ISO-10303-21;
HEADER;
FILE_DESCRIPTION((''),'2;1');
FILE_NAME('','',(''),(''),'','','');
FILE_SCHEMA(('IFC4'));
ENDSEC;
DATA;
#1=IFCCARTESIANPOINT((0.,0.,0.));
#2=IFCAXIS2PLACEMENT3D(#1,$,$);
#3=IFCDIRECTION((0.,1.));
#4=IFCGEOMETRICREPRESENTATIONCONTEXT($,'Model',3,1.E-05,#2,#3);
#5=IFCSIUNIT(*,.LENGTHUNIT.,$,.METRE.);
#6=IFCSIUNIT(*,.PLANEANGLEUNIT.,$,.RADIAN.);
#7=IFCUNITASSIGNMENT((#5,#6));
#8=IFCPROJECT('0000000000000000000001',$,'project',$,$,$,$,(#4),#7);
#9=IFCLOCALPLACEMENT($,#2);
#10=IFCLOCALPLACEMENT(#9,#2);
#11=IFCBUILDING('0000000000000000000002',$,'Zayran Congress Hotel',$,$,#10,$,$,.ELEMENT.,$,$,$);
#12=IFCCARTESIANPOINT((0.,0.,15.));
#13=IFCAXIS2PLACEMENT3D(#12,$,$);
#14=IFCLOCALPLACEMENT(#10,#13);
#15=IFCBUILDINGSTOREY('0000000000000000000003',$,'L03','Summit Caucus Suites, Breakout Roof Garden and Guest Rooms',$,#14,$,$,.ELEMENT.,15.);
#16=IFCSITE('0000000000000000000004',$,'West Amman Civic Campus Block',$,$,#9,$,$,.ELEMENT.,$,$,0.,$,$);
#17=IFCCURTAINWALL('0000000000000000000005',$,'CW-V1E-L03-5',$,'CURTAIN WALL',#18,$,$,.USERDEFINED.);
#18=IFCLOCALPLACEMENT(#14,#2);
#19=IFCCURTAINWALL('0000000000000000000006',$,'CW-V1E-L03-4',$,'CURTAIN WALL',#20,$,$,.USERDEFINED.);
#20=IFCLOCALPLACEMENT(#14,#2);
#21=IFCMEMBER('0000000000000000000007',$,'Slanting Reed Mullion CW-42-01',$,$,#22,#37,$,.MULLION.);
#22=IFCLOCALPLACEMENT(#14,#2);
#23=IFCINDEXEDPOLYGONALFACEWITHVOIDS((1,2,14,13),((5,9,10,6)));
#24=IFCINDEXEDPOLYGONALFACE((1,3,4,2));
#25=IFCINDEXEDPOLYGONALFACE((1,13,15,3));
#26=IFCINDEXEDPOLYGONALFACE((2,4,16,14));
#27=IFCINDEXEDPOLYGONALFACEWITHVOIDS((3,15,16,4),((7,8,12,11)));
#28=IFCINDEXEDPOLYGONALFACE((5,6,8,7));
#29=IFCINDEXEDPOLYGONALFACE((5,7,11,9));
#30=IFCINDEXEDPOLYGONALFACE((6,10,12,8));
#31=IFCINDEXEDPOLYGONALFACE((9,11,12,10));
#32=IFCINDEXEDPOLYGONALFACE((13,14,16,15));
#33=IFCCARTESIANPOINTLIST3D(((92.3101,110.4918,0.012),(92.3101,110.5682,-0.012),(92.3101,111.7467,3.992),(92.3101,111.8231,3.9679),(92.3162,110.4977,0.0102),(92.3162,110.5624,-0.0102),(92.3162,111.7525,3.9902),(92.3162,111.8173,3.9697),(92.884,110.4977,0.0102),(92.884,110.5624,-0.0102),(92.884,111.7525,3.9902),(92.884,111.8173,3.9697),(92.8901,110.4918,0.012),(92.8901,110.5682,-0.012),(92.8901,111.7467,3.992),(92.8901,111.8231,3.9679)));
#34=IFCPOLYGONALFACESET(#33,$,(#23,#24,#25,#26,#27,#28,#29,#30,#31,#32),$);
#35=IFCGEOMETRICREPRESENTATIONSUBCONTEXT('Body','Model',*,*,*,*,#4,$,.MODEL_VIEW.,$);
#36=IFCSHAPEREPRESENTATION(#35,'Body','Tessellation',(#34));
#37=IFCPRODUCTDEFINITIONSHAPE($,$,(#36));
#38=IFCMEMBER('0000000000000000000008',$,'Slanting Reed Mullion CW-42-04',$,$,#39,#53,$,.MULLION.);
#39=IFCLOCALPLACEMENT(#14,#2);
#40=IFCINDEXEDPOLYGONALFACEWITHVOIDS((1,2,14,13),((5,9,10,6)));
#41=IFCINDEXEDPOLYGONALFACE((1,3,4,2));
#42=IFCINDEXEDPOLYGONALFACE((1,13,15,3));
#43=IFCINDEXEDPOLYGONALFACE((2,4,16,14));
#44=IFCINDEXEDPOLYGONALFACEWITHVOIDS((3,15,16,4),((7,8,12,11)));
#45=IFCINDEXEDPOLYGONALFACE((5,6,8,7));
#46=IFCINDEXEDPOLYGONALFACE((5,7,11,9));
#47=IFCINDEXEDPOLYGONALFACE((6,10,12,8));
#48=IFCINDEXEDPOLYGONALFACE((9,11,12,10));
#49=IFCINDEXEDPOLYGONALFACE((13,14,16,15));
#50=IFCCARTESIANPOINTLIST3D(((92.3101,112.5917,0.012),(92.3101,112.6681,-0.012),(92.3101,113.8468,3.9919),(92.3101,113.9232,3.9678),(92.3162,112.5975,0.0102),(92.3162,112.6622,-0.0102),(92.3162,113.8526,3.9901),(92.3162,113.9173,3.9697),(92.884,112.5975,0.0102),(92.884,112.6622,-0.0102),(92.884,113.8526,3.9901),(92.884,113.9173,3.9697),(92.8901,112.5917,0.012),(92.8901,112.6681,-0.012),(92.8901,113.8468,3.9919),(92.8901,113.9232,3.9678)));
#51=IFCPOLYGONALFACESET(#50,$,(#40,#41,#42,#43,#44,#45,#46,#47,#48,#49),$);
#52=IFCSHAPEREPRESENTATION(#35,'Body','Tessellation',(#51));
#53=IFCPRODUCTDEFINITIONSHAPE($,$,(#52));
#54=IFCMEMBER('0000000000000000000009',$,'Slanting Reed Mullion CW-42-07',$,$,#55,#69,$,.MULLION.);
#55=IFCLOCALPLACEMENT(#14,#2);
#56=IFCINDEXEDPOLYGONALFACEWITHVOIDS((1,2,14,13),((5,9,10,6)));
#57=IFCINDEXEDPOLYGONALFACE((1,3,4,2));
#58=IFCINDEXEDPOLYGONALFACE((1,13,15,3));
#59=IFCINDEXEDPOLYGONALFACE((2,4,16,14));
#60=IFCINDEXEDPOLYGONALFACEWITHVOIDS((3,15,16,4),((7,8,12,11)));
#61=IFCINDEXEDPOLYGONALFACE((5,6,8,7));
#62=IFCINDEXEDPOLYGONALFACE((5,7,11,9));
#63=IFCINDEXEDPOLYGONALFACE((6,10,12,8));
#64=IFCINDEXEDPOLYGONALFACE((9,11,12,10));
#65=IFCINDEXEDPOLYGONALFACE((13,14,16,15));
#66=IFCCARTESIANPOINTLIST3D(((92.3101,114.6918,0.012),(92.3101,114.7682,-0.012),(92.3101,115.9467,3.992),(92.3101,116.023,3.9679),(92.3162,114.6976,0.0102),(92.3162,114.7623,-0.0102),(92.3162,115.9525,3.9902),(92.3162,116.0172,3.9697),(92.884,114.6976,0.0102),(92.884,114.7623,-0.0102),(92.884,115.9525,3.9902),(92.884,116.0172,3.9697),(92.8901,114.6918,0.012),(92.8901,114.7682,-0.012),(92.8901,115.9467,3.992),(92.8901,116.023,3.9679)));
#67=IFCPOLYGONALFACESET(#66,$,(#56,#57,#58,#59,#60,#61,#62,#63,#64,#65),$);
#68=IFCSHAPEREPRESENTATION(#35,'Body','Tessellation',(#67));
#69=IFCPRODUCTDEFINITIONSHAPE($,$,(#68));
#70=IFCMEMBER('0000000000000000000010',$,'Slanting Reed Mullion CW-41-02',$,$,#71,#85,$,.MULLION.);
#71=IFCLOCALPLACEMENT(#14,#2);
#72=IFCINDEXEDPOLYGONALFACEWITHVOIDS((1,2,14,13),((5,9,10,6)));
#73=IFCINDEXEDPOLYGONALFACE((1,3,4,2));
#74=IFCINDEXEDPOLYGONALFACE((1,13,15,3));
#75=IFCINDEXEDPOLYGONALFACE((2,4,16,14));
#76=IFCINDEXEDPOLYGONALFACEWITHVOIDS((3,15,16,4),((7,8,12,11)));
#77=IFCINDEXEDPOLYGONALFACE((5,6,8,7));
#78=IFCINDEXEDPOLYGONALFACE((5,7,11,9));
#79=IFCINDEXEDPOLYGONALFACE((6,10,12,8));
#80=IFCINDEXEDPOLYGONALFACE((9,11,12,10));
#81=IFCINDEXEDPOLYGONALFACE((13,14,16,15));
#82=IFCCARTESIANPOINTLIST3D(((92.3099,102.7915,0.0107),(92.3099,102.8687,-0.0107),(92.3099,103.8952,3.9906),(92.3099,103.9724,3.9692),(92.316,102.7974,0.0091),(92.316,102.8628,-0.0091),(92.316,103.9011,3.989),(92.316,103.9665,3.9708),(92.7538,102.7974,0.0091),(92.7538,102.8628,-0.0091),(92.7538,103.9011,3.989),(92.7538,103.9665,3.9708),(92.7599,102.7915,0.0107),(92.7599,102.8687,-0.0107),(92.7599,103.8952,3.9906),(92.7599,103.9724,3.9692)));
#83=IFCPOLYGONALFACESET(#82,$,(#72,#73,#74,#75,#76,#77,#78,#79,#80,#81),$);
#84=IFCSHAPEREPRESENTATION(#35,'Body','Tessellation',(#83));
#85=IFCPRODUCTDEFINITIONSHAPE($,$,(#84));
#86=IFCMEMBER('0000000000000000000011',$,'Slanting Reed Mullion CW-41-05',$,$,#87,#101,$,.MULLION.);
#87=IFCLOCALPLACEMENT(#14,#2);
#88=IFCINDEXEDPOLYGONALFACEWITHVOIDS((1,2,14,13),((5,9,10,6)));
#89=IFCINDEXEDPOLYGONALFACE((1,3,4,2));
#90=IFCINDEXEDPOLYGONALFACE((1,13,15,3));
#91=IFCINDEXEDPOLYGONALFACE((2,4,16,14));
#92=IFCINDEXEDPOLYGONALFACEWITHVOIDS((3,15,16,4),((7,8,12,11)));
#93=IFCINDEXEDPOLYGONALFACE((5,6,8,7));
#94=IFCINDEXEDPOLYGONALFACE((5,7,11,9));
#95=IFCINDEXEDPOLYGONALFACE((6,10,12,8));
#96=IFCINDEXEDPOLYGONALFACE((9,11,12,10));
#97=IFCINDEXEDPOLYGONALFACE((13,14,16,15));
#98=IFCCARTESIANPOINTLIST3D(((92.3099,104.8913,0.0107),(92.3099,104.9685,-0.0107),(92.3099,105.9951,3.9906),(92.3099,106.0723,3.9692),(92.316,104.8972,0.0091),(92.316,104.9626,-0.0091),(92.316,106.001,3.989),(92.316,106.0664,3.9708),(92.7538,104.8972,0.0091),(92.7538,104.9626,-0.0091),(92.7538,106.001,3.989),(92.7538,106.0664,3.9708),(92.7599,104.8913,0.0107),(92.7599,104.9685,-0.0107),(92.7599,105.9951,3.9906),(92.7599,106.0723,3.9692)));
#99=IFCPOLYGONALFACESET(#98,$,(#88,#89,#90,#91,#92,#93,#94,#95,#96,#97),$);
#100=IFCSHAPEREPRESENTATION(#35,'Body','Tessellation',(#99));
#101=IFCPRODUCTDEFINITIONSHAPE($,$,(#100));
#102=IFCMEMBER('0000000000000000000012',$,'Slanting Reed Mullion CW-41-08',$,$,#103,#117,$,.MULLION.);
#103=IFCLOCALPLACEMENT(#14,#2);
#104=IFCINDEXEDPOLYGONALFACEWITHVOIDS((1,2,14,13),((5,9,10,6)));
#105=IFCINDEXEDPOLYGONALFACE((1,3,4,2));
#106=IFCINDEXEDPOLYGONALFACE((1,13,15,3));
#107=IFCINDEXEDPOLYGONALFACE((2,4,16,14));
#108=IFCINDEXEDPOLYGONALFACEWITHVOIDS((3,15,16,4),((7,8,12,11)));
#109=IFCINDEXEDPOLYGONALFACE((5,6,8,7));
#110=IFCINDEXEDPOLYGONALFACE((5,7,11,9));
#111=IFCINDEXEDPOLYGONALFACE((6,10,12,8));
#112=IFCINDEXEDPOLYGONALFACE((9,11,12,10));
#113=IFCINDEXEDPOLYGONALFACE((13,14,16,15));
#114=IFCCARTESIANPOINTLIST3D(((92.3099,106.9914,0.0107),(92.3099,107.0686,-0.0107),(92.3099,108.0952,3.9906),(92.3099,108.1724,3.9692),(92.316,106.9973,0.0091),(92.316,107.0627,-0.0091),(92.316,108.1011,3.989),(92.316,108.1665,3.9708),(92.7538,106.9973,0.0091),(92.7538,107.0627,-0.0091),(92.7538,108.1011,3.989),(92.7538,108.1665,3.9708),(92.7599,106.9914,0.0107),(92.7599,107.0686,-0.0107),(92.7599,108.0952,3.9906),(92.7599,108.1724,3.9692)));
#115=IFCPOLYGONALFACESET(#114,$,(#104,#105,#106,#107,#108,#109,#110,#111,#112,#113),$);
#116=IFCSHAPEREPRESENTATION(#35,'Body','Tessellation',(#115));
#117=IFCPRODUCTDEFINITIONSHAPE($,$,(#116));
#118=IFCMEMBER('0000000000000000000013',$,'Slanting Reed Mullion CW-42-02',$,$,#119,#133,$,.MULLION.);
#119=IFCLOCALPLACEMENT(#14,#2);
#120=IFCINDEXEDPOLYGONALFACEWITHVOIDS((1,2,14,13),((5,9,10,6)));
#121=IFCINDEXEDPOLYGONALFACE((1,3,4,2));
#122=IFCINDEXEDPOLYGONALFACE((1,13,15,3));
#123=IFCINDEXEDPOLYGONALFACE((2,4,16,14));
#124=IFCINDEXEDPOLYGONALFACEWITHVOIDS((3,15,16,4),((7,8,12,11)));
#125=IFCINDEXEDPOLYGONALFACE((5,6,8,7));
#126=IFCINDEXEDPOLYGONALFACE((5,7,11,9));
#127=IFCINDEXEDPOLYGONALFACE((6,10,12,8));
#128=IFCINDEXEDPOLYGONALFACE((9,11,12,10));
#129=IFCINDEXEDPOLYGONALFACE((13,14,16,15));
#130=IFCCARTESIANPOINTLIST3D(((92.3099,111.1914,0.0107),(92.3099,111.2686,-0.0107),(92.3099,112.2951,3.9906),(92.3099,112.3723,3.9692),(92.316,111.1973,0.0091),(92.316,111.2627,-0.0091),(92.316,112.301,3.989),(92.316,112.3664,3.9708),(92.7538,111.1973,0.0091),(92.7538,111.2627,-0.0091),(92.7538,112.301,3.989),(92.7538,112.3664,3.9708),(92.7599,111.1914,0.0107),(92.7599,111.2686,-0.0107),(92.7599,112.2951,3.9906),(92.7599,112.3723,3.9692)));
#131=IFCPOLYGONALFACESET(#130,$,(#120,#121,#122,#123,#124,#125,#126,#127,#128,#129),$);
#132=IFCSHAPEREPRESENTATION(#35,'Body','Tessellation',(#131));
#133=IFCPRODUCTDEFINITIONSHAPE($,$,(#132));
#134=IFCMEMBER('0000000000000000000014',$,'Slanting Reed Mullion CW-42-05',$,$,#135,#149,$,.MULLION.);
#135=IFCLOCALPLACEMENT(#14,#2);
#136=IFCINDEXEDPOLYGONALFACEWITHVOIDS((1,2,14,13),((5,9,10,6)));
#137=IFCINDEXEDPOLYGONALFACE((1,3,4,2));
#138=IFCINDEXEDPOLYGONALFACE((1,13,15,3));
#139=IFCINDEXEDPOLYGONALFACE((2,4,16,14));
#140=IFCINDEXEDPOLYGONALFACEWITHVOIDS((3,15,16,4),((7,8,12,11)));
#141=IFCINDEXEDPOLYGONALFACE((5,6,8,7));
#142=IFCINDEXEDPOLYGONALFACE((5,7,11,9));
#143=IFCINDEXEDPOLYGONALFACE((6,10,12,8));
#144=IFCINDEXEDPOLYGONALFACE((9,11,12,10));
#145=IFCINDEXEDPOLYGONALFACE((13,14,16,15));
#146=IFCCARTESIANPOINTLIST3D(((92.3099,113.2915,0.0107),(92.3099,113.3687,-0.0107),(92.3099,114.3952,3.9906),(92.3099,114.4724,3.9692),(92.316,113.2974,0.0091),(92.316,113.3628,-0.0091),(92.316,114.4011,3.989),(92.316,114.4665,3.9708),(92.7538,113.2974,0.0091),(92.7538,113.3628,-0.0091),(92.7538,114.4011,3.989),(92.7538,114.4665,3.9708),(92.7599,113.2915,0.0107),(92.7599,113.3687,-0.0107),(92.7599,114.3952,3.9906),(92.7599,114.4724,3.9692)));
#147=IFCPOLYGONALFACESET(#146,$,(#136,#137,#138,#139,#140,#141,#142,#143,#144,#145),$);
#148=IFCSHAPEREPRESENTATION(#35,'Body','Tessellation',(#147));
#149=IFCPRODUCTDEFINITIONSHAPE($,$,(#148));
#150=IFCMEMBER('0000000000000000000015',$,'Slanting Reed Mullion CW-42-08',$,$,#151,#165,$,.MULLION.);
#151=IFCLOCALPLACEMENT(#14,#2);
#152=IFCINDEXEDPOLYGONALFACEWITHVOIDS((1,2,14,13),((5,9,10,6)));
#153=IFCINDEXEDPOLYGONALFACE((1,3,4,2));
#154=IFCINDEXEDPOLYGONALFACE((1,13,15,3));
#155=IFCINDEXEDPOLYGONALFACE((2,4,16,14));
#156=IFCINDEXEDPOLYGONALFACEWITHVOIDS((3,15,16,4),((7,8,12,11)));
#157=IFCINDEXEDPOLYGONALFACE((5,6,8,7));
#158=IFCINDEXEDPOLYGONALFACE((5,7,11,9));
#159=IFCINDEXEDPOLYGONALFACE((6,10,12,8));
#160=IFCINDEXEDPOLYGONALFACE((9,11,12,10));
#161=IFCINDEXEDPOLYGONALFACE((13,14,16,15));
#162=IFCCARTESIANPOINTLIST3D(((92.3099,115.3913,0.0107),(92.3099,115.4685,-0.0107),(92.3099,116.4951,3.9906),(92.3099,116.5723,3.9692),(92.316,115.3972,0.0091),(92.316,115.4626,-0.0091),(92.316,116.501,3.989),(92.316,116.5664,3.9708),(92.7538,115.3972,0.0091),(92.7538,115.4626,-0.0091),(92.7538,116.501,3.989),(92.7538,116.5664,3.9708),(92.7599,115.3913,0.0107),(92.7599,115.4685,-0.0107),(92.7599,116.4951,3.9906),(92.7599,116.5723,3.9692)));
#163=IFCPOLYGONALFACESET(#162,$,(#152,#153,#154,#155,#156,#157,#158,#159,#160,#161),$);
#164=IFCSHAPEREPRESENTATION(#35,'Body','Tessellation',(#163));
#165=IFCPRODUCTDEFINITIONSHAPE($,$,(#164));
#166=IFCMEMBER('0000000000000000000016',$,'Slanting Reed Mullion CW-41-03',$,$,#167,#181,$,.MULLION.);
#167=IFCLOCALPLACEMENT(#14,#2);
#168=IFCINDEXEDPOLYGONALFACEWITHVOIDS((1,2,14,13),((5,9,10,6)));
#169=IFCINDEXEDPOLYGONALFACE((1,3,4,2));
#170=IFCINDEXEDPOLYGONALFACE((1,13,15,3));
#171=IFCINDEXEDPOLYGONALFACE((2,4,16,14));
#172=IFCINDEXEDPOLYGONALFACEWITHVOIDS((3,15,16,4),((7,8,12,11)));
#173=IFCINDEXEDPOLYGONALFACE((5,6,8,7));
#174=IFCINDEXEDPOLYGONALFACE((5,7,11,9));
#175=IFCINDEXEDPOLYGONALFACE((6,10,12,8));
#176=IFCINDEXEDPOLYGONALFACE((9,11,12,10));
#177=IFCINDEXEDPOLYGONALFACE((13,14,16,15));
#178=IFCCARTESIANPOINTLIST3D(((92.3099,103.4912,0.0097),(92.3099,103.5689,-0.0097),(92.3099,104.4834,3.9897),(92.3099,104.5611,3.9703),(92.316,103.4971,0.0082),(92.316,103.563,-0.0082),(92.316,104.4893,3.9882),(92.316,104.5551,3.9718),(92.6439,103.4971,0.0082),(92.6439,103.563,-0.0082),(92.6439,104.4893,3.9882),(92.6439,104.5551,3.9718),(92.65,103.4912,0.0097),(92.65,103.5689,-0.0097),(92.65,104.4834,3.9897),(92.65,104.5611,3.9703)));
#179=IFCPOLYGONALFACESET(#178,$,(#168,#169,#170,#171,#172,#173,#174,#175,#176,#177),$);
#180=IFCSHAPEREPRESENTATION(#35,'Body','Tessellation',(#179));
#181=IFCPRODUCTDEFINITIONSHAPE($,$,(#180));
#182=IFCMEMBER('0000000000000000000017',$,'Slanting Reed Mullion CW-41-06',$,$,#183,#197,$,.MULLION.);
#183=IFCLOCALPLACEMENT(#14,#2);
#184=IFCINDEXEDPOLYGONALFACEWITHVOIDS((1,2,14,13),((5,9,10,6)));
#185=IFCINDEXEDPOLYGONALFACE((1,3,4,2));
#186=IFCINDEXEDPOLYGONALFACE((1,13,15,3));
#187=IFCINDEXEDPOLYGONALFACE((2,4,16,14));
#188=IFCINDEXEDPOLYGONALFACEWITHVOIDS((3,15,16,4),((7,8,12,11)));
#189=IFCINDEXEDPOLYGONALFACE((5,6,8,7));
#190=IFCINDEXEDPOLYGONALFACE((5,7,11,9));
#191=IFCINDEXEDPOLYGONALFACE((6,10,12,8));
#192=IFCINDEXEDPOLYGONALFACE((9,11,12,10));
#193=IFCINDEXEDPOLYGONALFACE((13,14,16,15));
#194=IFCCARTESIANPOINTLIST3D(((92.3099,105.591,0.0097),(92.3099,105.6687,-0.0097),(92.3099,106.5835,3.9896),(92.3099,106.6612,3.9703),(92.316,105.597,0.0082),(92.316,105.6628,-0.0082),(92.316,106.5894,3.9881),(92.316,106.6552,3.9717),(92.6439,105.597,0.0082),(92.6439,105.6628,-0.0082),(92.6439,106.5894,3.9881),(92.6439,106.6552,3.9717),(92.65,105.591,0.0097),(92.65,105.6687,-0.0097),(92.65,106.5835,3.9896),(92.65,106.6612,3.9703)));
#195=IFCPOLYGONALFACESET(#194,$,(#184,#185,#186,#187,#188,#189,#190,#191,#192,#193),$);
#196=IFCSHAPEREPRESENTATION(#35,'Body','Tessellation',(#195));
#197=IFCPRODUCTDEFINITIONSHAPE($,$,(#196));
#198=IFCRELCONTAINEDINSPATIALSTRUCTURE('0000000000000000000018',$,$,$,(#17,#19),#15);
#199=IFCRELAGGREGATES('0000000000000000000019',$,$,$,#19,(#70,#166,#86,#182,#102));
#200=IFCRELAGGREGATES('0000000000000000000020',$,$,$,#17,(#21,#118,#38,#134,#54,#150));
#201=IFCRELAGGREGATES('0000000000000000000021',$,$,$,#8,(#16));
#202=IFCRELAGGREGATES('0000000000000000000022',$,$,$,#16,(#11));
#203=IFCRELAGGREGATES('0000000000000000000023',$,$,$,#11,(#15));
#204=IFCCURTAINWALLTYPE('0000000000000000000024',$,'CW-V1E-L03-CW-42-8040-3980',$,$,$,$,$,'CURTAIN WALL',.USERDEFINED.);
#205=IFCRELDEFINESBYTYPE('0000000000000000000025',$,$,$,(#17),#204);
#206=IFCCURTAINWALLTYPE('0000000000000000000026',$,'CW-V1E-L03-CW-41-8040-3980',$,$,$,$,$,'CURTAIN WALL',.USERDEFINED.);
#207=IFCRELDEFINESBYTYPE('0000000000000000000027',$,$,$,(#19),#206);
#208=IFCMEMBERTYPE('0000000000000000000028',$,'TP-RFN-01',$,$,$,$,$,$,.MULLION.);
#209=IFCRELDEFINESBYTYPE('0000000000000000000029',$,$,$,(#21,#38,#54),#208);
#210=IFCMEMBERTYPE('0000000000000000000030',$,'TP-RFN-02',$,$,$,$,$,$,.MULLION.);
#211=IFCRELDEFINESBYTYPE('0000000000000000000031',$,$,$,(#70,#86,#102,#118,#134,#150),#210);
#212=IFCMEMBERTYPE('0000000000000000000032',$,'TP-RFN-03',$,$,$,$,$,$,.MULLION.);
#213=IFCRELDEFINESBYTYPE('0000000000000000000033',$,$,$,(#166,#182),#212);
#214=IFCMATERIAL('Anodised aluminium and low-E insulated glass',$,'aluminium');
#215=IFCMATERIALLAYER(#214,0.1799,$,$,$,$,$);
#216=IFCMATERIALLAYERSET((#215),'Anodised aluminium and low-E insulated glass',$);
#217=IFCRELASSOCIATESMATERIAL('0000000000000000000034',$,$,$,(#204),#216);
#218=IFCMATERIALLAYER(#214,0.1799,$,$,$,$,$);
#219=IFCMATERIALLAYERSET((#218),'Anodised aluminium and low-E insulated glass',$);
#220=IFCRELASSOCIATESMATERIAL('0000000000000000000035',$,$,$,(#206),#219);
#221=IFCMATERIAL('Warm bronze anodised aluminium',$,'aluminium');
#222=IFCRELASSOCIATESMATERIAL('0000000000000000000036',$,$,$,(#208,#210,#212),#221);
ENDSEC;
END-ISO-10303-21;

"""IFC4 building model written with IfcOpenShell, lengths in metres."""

from ifc_helpers import new_model, si_unit, direction, frame, origin, origin_2d, place, context, subcontext, project, spatial, hollow_rectangle, extrude, material, layer, layer_set, material_profile, profile_set, type_object, element, aggregate, save


model = new_model("IFC4")

# Units and contexts
model_context = context("Model", 3, precision=1e-05, world=origin(), true_north=direction((0.0, 1.0)))
body_context = subcontext(model_context, "Body", "Model", "MODEL_VIEW")
ifc_project = project(units=[si_unit("LENGTHUNIT", "METRE"), si_unit("PLANEANGLEUNIT", "RADIAN")], contexts=[model_context])

# Site, building, storey
site_placement = place(None, origin())
site = spatial("IfcSite", under=ifc_project, at=site_placement, Name="West Amman Civic Campus Block", CompositionType="ELEMENT", RefElevation=0.0)
building_placement = place(site_placement, origin())
building = spatial("IfcBuilding", under=site, at=building_placement, Name="Zayran Congress Hotel", CompositionType="ELEMENT")
storey_placement = place(building_placement, frame((0.0, 0.0, 15.0)))
storey = spatial("IfcBuildingStorey", under=building, at=storey_placement, Name="L03", Description="Summit Caucus Suites, Breakout Roof Garden and Guest Rooms", CompositionType="ELEMENT", Elevation=15.0)

# Curtain wall
ifc_material_1 = material(Name="Anodised aluminium and low-E insulated glass", Category="aluminium")
ifc_layer_1 = layer(ifc_material_1, 0.1799)
ifc_layer_set_1 = layer_set([ifc_layer_1], Name="Anodised aluminium and low-E insulated glass")
curtain_wall_type_1 = type_object("IfcCurtainWallType", Name="CW-V1E-L03-CW-42-8040-3980", ElementType="CURTAIN WALL", PredefinedType="USERDEFINED", material=ifc_layer_set_1)
curtain_wall_1_placement = place(storey_placement, origin())
curtain_wall_1 = element("IfcCurtainWall", 1, at=curtain_wall_1_placement, inside=storey, type_object=curtain_wall_type_1, Name="CW-V1E-L03-5", ObjectType="CURTAIN WALL", PredefinedType="USERDEFINED")

# Curtain wall
ifc_layer_2 = layer(ifc_material_1, 0.1799)
ifc_layer_set_2 = layer_set([ifc_layer_2], Name="Anodised aluminium and low-E insulated glass")
curtain_wall_type_2 = type_object("IfcCurtainWallType", Name="CW-V1E-L03-CW-41-8040-3980", ElementType="CURTAIN WALL", PredefinedType="USERDEFINED", material=ifc_layer_set_2)
curtain_wall_2_placement = place(storey_placement, origin())
curtain_wall_2 = element("IfcCurtainWall", 2, at=curtain_wall_2_placement, inside=storey, type_object=curtain_wall_type_2, Name="CW-V1E-L03-4", ObjectType="CURTAIN WALL", PredefinedType="USERDEFINED")
ifc_material_2 = material(Name="Warm bronze anodised aluminium", Category="aluminium")
ifc_material_profile_1 = material_profile(ifc_material_2, hollow_rectangle(XDim=0.0801, YDim=0.5801, WallThickness=0.0061, at=origin_2d()), Name="RHS 580x80x6")
ifc_profile_set_1 = profile_set([ifc_material_profile_1], Name="Warm bronze anodised aluminium")
member_type_1 = type_object("IfcMemberType", Name="TP-RFN-01", PredefinedType="MULLION", material=ifc_profile_set_1)

# Members
member_1_placement = place(storey_placement, frame((92.6001, 110.53, 0.0), z_axis=(0.0, 0.300706, 0.953717), x_axis=(0.0, -0.953717, 0.300706)))
member_1 = element("IfcMember", 3, at=member_1_placement, type_object=member_type_1, Name="Slanting Reed Mullion CW-42-01", PredefinedType="MULLION", context=body_context, shape_type="SweptSolid", body=[
    extrude(hollow_rectangle(XDim=0.0801, YDim=0.5801, WallThickness=0.0061, at=origin_2d()), origin(), (0.0, 0.0, 1.0), 4.1731),
])
member_2_placement = place(storey_placement, frame((92.6001, 112.6299, 0.0), z_axis=(0.0, 0.300759, 0.9537), x_axis=(0.0, -0.9537, 0.300759)))
member_2 = element("IfcMember", 4, at=member_2_placement, type_object=member_type_1, Name="Slanting Reed Mullion CW-42-04", PredefinedType="MULLION", context=body_context, shape_type="SweptSolid", body=[
    extrude(hollow_rectangle(XDim=0.0801, YDim=0.5801, WallThickness=0.0061, at=origin_2d()), origin(), (0.0, 0.0, 1.0), 4.1731),
])
member_3_placement = place(storey_placement, frame((92.6001, 114.73, 0.0), z_axis=(0.0, 0.300706, 0.953717), x_axis=(0.0, -0.953717, 0.300706)))
member_3 = element("IfcMember", 5, at=member_3_placement, type_object=member_type_1, Name="Slanting Reed Mullion CW-42-07", PredefinedType="MULLION", context=body_context, shape_type="SweptSolid", body=[
    extrude(hollow_rectangle(XDim=0.0801, YDim=0.5801, WallThickness=0.0061, at=origin_2d()), origin(), (0.0, 0.0, 1.0), 4.1731),
])
ifc_material_profile_2 = material_profile(ifc_material_2, hollow_rectangle(XDim=0.0801, YDim=0.45, WallThickness=0.0061, at=origin_2d()), Name="RHS 450x80x6")
ifc_profile_set_2 = profile_set([ifc_material_profile_2], Name="Warm bronze anodised aluminium")
member_type_2 = type_object("IfcMemberType", Name="TP-RFN-02", PredefinedType="MULLION", material=ifc_profile_set_2)
member_4_placement = place(storey_placement, frame((92.5349, 102.8301, 0.0), z_axis=(0.0, 0.267241, 0.96363), x_axis=(0.0, -0.96363, 0.267241)))
member_4 = element("IfcMember", 6, at=member_4_placement, type_object=member_type_2, Name="Slanting Reed Mullion CW-41-02", PredefinedType="MULLION", context=body_context, shape_type="SweptSolid", body=[
    extrude(hollow_rectangle(XDim=0.0801, YDim=0.45, WallThickness=0.0061, at=origin_2d()), origin(), (0.0, 0.0, 1.0), 4.1301),
])
member_5_placement = place(storey_placement, frame((92.5349, 104.9299, 0.0), z_axis=(0.0, 0.267241, 0.96363), x_axis=(0.0, -0.96363, 0.267241)))
member_5 = element("IfcMember", 7, at=member_5_placement, type_object=member_type_2, Name="Slanting Reed Mullion CW-41-05", PredefinedType="MULLION", context=body_context, shape_type="SweptSolid", body=[
    extrude(hollow_rectangle(XDim=0.0801, YDim=0.45, WallThickness=0.0061, at=origin_2d()), origin(), (0.0, 0.0, 1.0), 4.1301),
])
member_6_placement = place(storey_placement, frame((92.5349, 107.03, 0.0), z_axis=(0.0, 0.267241, 0.96363), x_axis=(0.0, -0.96363, 0.267241)))
member_6 = element("IfcMember", 8, at=member_6_placement, type_object=member_type_2, Name="Slanting Reed Mullion CW-41-08", PredefinedType="MULLION", context=body_context, shape_type="SweptSolid", body=[
    extrude(hollow_rectangle(XDim=0.0801, YDim=0.45, WallThickness=0.0061, at=origin_2d()), origin(), (0.0, 0.0, 1.0), 4.1301),
])
member_7_placement = place(storey_placement, frame((92.5349, 111.23, 0.0), z_axis=(0.0, 0.267241, 0.96363), x_axis=(0.0, -0.96363, 0.267241)))
member_7 = element("IfcMember", 9, at=member_7_placement, type_object=member_type_2, Name="Slanting Reed Mullion CW-42-02", PredefinedType="MULLION", context=body_context, shape_type="SweptSolid", body=[
    extrude(hollow_rectangle(XDim=0.0801, YDim=0.45, WallThickness=0.0061, at=origin_2d()), origin(), (0.0, 0.0, 1.0), 4.1301),
])
member_8_placement = place(storey_placement, frame((92.5349, 113.3301, 0.0), z_axis=(0.0, 0.267241, 0.96363), x_axis=(0.0, -0.96363, 0.267241)))
member_8 = element("IfcMember", 10, at=member_8_placement, type_object=member_type_2, Name="Slanting Reed Mullion CW-42-05", PredefinedType="MULLION", context=body_context, shape_type="SweptSolid", body=[
    extrude(hollow_rectangle(XDim=0.0801, YDim=0.45, WallThickness=0.0061, at=origin_2d()), origin(), (0.0, 0.0, 1.0), 4.1301),
])
member_9_placement = place(storey_placement, frame((92.5349, 115.4299, 0.0), z_axis=(0.0, 0.267241, 0.96363), x_axis=(0.0, -0.96363, 0.267241)))
member_9 = element("IfcMember", 11, at=member_9_placement, type_object=member_type_2, Name="Slanting Reed Mullion CW-42-08", PredefinedType="MULLION", context=body_context, shape_type="SweptSolid", body=[
    extrude(hollow_rectangle(XDim=0.0801, YDim=0.45, WallThickness=0.0061, at=origin_2d()), origin(), (0.0, 0.0, 1.0), 4.1301),
])
ifc_material_profile_3 = material_profile(ifc_material_2, hollow_rectangle(XDim=0.0801, YDim=0.3401, WallThickness=0.0061, at=origin_2d()), Name="RHS 340x80x6")
ifc_profile_set_3 = profile_set([ifc_material_profile_3], Name="Warm bronze anodised aluminium")
member_type_3 = type_object("IfcMemberType", Name="TP-RFN-03", PredefinedType="MULLION", material=ifc_profile_set_3)
member_10_placement = place(storey_placement, frame((92.48, 103.53, 0.0), z_axis=(0.0, 0.241891, 0.970303), x_axis=(0.0, -0.970303, 0.241891)))
member_10 = element("IfcMember", 12, at=member_10_placement, type_object=member_type_3, Name="Slanting Reed Mullion CW-41-03", PredefinedType="MULLION", context=body_context, shape_type="SweptSolid", body=[
    extrude(hollow_rectangle(XDim=0.0801, YDim=0.3401, WallThickness=0.0061, at=origin_2d()), origin(), (0.0, 0.0, 1.0), 4.1018),
])
member_11_placement = place(storey_placement, frame((92.48, 105.6299, 0.0), z_axis=(0.0, 0.241947, 0.970289), x_axis=(0.0, -0.970289, 0.241947)))
member_11 = element("IfcMember", 13, at=member_11_placement, type_object=member_type_3, Name="Slanting Reed Mullion CW-41-06", PredefinedType="MULLION", context=body_context, shape_type="SweptSolid", body=[
    extrude(hollow_rectangle(XDim=0.0801, YDim=0.3401, WallThickness=0.0061, at=origin_2d()), origin(), (0.0, 0.0, 1.0), 4.1018),
])
aggregate(curtain_wall_2, [member_4, member_10, member_5, member_11, member_6])

aggregate(curtain_wall_1, [member_1, member_7, member_2, member_8, member_3, member_9])

save(model, "model.ifc")
